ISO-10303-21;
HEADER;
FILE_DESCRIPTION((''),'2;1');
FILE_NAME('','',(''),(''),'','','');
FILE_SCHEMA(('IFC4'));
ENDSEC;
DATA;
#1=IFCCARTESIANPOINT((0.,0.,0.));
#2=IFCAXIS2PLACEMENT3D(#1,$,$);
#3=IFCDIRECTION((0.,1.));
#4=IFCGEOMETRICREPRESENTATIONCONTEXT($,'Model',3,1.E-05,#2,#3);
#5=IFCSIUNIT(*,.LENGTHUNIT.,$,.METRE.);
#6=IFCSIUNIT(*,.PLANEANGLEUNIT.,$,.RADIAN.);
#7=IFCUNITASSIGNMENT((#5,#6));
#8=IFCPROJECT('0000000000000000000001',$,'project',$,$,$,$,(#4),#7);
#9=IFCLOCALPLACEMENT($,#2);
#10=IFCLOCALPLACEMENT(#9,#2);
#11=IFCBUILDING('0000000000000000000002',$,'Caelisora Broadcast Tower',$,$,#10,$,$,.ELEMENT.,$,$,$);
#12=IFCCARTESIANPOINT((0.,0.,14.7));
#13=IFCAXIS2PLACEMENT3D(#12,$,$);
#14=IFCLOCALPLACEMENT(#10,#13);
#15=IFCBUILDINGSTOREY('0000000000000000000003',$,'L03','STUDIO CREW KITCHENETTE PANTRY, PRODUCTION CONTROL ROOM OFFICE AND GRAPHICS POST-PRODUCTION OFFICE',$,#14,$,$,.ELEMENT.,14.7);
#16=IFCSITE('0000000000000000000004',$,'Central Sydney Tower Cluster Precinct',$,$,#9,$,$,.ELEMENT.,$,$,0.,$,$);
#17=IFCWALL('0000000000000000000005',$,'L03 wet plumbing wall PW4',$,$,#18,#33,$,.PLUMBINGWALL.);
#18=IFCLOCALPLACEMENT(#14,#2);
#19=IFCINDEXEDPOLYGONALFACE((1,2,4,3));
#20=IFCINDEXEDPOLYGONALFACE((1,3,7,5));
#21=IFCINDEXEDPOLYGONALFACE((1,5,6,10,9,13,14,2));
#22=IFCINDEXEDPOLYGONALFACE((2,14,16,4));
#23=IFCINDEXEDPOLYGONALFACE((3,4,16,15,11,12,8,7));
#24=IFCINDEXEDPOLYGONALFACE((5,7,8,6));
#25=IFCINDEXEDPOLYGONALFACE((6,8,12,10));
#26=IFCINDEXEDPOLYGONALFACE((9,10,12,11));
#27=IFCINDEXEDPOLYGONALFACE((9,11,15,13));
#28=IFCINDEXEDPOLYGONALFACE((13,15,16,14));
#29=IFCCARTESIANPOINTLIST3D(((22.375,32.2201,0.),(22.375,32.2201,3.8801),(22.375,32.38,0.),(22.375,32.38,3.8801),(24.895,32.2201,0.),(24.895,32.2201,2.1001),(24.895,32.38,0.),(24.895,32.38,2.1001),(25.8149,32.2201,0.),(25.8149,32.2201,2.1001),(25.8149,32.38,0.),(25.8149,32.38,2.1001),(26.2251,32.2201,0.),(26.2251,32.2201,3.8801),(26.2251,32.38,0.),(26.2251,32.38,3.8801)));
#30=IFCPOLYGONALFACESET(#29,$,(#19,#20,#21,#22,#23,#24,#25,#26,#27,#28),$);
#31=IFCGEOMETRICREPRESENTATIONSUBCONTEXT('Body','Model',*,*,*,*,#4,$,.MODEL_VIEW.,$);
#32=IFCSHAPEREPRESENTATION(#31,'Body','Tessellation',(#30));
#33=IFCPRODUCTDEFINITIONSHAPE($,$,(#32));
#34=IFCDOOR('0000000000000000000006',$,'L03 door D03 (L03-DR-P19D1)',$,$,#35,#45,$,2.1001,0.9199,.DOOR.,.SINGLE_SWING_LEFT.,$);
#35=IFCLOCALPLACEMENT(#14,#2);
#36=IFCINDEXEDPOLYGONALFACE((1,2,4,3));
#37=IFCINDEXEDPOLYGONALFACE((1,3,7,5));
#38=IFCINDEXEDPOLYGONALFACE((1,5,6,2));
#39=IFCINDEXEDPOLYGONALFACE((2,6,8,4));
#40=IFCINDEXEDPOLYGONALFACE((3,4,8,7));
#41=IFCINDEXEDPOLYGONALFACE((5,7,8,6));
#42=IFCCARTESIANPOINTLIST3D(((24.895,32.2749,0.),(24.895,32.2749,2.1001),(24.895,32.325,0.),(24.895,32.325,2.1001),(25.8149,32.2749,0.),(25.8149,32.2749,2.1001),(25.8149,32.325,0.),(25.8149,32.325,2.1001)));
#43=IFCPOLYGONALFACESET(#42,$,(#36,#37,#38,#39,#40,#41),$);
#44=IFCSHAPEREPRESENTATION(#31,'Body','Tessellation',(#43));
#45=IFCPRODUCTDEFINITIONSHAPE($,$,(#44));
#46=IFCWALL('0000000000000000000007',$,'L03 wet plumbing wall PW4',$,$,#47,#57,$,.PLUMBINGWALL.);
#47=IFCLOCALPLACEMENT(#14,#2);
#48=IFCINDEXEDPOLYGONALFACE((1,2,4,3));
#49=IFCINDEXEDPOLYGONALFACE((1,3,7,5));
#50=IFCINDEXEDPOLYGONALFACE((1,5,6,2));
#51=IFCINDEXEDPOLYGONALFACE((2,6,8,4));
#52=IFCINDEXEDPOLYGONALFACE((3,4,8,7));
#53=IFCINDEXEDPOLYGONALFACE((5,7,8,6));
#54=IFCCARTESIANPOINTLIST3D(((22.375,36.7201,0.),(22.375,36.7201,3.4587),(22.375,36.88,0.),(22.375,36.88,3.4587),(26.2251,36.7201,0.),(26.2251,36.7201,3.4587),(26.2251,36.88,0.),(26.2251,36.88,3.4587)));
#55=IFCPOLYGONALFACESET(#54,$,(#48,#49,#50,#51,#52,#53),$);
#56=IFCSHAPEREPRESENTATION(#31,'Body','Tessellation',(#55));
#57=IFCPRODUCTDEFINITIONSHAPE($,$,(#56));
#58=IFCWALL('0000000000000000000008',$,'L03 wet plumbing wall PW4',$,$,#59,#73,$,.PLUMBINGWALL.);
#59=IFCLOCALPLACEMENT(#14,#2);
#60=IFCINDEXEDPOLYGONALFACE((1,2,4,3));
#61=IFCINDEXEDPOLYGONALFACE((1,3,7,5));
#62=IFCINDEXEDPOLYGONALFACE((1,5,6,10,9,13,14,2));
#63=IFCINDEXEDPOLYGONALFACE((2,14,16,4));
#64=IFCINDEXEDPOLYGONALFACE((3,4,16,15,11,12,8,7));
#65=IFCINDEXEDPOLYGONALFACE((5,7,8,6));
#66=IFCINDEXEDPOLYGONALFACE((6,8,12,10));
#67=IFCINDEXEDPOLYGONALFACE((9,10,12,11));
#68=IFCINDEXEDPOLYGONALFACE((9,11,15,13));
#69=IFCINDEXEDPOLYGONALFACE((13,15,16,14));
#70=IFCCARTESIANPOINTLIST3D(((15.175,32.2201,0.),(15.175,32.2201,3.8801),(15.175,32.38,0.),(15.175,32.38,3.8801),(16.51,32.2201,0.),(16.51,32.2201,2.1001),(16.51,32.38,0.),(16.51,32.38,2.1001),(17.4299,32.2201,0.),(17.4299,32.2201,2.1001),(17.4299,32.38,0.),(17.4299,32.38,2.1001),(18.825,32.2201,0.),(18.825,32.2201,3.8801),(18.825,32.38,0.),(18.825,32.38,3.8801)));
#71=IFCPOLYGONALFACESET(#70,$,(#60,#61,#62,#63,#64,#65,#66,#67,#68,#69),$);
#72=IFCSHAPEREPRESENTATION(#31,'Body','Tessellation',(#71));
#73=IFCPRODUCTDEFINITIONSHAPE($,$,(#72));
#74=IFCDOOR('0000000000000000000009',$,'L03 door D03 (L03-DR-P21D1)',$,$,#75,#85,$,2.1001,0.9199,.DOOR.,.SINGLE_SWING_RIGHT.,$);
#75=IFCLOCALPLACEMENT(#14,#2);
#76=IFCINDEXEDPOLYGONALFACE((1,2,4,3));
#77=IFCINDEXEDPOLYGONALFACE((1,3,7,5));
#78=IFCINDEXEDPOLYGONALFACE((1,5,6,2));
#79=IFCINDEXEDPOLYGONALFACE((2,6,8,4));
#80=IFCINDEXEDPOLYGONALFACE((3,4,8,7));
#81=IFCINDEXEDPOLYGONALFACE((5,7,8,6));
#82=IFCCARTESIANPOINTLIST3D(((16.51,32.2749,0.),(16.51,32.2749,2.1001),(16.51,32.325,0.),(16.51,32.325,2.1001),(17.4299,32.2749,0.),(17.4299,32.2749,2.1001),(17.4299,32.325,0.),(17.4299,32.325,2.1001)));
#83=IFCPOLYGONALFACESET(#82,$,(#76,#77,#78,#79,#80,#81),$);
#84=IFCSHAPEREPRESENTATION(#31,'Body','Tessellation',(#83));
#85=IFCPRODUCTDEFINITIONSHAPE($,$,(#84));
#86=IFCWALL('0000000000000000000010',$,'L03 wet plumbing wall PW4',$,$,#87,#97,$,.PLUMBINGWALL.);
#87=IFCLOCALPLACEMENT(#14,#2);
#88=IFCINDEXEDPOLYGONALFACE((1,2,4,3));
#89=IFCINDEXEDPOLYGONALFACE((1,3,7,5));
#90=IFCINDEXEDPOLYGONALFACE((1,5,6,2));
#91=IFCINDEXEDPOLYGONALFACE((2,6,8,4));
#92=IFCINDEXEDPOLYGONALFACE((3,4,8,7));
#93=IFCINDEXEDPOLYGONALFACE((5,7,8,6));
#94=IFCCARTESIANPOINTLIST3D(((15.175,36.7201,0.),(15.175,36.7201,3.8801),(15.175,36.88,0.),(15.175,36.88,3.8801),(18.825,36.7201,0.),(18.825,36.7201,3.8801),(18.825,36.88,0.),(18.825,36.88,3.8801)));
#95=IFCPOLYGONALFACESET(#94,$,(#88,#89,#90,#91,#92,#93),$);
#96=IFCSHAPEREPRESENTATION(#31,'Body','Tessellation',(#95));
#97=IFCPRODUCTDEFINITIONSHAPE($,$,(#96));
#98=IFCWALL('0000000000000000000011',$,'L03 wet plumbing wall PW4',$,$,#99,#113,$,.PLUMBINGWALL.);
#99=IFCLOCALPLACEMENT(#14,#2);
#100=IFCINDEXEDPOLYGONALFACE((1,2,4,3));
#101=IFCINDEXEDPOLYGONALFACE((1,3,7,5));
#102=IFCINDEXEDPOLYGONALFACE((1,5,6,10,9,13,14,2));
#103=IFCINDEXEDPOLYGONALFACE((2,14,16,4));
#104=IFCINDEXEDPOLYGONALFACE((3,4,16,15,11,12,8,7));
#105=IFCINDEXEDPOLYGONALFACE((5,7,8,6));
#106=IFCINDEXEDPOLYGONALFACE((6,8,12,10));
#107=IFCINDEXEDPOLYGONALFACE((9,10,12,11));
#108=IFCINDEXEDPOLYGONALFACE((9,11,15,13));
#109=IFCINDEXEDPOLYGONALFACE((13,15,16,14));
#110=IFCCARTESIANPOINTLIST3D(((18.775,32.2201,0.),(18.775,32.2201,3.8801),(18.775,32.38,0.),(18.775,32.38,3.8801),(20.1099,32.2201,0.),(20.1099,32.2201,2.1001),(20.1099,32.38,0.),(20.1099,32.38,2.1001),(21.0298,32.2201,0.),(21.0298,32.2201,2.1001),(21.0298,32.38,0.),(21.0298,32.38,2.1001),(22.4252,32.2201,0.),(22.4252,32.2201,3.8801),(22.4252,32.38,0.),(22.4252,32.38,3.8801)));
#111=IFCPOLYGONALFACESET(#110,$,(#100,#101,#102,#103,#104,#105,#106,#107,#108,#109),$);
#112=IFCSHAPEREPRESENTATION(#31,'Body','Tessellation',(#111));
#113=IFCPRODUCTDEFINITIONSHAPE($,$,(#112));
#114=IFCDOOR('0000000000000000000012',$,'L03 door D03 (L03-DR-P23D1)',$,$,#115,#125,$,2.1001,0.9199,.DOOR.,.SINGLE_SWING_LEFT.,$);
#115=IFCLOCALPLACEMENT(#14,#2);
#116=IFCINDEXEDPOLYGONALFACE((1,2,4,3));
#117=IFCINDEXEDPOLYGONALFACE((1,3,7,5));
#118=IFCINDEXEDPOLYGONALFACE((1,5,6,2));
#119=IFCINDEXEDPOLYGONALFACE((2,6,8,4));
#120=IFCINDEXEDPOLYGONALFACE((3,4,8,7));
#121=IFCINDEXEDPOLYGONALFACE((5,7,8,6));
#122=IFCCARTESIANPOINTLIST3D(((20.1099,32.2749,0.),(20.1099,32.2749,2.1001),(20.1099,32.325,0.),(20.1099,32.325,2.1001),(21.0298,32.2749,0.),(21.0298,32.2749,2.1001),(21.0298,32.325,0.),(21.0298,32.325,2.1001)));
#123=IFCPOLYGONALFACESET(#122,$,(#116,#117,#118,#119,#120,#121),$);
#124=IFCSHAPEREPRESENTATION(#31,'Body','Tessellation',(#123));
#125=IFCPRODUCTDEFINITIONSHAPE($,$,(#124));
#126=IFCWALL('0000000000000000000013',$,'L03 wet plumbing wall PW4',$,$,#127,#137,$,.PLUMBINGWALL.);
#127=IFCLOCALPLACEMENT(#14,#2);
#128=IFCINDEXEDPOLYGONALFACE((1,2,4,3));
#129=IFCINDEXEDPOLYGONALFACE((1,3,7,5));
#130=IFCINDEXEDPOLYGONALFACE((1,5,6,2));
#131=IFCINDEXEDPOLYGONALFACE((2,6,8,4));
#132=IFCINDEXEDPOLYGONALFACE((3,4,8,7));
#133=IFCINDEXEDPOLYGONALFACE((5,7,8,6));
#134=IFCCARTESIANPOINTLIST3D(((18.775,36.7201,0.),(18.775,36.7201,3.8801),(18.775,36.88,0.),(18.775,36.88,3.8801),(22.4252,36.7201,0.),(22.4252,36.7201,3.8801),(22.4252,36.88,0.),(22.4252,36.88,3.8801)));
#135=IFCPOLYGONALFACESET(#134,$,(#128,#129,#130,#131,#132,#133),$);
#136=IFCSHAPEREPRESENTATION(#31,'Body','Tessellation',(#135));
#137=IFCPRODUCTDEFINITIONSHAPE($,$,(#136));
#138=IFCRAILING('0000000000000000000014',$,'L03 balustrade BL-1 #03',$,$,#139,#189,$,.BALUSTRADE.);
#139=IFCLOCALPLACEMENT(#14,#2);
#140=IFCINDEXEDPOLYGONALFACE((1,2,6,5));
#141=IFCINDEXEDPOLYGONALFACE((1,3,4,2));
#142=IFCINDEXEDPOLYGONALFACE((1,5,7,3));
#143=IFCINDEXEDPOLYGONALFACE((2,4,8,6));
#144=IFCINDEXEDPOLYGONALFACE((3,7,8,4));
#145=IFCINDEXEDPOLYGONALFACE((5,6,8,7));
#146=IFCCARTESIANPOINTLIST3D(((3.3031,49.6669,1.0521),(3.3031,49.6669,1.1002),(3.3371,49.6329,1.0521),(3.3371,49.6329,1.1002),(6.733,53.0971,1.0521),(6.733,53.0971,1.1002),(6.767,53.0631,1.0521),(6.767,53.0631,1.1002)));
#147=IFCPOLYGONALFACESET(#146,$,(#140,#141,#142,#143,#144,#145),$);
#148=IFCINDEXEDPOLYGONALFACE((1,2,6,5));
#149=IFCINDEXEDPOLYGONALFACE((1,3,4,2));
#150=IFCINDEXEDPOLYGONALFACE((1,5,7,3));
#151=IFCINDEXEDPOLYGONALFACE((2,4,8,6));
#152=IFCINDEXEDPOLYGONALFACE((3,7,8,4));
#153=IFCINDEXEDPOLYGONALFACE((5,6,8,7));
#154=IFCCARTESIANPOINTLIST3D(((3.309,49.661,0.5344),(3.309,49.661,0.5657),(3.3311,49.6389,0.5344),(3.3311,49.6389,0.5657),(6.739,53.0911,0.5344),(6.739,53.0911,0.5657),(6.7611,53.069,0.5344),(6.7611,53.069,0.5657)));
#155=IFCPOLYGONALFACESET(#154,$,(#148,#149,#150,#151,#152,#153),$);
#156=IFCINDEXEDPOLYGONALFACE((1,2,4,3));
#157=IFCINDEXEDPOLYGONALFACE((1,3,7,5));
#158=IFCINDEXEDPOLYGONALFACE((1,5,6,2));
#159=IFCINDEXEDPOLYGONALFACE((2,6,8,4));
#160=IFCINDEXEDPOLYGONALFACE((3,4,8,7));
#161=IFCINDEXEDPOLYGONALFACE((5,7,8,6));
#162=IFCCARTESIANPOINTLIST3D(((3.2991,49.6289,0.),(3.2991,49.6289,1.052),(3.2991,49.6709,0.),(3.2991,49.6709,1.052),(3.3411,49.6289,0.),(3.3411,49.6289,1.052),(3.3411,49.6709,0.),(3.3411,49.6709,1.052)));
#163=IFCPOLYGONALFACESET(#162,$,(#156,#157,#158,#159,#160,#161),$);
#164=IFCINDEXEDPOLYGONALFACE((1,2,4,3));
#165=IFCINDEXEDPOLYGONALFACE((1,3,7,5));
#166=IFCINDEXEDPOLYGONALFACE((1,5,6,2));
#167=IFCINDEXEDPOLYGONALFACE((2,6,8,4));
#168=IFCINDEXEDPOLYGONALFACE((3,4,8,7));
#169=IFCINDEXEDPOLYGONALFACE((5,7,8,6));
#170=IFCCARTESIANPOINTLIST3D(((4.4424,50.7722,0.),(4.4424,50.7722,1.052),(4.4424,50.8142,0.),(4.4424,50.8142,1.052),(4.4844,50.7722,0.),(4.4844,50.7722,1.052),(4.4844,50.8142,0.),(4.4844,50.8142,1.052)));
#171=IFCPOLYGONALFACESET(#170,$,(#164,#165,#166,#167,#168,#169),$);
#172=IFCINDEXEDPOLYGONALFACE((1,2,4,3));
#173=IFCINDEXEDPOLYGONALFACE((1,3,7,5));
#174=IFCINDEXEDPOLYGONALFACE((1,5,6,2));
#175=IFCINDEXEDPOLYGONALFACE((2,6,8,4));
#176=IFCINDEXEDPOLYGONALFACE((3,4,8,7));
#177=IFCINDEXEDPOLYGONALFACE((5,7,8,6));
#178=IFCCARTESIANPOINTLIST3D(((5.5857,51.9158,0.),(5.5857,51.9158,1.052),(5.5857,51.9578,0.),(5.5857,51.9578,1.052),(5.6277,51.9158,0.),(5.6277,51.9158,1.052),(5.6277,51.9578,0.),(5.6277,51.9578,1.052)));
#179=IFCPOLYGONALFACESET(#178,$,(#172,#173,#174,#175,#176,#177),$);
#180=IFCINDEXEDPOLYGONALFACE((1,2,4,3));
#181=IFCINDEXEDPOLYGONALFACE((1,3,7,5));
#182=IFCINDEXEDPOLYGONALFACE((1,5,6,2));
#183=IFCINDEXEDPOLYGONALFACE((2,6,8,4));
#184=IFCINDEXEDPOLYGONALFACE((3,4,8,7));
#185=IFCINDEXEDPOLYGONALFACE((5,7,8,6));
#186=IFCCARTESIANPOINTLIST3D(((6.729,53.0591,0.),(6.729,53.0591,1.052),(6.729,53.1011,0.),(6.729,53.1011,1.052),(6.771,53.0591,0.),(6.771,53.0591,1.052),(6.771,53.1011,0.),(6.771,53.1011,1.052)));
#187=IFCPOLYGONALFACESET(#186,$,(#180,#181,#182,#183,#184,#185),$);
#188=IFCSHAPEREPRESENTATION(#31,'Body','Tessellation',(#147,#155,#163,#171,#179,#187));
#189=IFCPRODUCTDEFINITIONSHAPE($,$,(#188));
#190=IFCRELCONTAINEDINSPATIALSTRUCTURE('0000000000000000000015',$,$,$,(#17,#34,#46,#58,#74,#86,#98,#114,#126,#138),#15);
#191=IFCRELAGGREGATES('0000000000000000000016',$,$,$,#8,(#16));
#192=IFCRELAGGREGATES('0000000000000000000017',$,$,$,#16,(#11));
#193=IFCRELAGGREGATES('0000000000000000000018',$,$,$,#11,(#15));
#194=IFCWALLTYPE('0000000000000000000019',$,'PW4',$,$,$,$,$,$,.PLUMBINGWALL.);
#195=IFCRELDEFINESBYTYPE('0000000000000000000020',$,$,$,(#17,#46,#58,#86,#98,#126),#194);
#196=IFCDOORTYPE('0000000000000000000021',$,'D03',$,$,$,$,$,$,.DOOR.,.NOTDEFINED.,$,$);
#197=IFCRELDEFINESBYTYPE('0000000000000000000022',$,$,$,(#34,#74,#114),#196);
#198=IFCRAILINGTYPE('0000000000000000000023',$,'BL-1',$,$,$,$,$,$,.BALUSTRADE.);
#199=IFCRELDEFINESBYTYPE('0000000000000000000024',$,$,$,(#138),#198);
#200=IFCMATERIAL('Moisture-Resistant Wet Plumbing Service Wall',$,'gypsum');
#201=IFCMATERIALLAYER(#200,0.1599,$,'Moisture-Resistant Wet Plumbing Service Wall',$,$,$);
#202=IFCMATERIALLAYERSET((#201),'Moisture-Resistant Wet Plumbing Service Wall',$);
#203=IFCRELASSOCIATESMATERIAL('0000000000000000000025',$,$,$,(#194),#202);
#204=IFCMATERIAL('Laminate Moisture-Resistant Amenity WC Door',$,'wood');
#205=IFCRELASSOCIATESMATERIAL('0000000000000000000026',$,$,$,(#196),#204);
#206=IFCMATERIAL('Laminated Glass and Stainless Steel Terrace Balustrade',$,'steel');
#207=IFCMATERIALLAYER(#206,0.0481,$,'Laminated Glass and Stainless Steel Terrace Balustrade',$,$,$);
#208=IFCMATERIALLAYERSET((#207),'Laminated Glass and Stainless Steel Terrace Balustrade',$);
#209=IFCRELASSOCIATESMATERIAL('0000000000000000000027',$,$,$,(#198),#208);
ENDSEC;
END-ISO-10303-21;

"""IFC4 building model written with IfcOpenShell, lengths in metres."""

from ifc_helpers import new_model, si_unit, direction, frame, frame_2d, origin, origin_2d, place, context, subcontext, project, spatial, rectangle, extrude, material, layer, layer_set, type_object, element, fill, save


model = new_model("IFC4")

# Units and contexts
model_context = context("Model", 3, precision=1e-05, world=origin(), true_north=direction((0.0, 1.0)))
body_context = subcontext(model_context, "Body", "Model", "MODEL_VIEW")
ifc_project = project(units=[si_unit("LENGTHUNIT", "METRE"), si_unit("PLANEANGLEUNIT", "RADIAN")], contexts=[model_context])

# Site, building, storey
site_placement = place(None, origin())
site = spatial("IfcSite", under=ifc_project, at=site_placement, Name="Central Sydney Tower Cluster Precinct", CompositionType="ELEMENT", RefElevation=0.0)
building_placement = place(site_placement, origin())
building = spatial("IfcBuilding", under=site, at=building_placement, Name="Caelisora Broadcast Tower", CompositionType="ELEMENT")
storey_placement = place(building_placement, frame((0.0, 0.0, 14.7)))
storey = spatial("IfcBuildingStorey", under=building, at=storey_placement, Name="L03", Description="STUDIO CREW KITCHENETTE PANTRY, PRODUCTION CONTROL ROOM OFFICE AND GRAPHICS POST-PRODUCTION OFFICE", CompositionType="ELEMENT", Elevation=14.7)

# Shared definitions
ifc_material_1 = material(Name="Moisture-Resistant Wet Plumbing Service Wall", Category="gypsum")
ifc_layer_1 = layer(ifc_material_1, 0.1599, Name="Moisture-Resistant Wet Plumbing Service Wall")
ifc_layer_set_1 = layer_set([ifc_layer_1], Name="Moisture-Resistant Wet Plumbing Service Wall")
wall_type_1 = type_object("IfcWallType", Name="PW4", PredefinedType="PLUMBINGWALL", material=ifc_layer_set_1)

# Wall, opening, door
wall_1_placement = place(storey_placement, frame((22.375, 32.3, 0.0), z_axis=(0.0, 0.0, 1.0), x_axis=(1.0, 0.0, 0.0)))
wall_1 = element("IfcWall", 1, at=wall_1_placement, inside=storey, type_object=wall_type_1, Name="L03 wet plumbing wall PW4", PredefinedType="PLUMBINGWALL", context=body_context, shape_type="SweptSolid", body=[
    extrude(rectangle(XDim=3.8501, YDim=0.1599, at=frame_2d((1.925, 0.0))), origin(), (0.0, 0.0, 1.0), 3.8801),
])
opening_1_placement = place(wall_1_placement, frame((2.52, 0.0, 0.0)))
opening_1 = element("IfcOpeningElement", 2, at=opening_1_placement, cuts=wall_1, PredefinedType="OPENING", context=body_context, shape_type="SweptSolid", body=[
    extrude(rectangle(XDim=0.9199, YDim=2.1001, at=frame_2d((0.46, 1.05))), frame((0.0, 0.092, 0.0), z_axis=(0.0, -1.0, 0.0), x_axis=(1.0, 0.0, 0.0)), (0.0, 0.0, 1.0), 0.1838),
])
ifc_material_2 = material(Name="Laminate Moisture-Resistant Amenity WC Door", Category="wood")
door_type = type_object("IfcDoorType", Name="D03", OperationType="NOTDEFINED", PredefinedType="DOOR", material=ifc_material_2)
door_1_placement = place(opening_1_placement, origin())
door_1 = element("IfcDoor", 3, at=door_1_placement, inside=storey, type_object=door_type, Name="L03 door D03 (L03-DR-P19D1)", OperationType="SINGLE_SWING_LEFT", OverallHeight=2.1001, OverallWidth=0.9199, PredefinedType="DOOR", context=body_context, shape_type="SweptSolid", body=[
    extrude(rectangle(XDim=0.9199, YDim=2.1001, at=frame_2d((0.46, 1.05))), frame((0.0, 0.0249, 0.0), z_axis=(0.0, -1.0, 0.0), x_axis=(1.0, 0.0, 0.0)), (0.0, 0.0, 1.0), 0.05),
])
fill(opening_1, door_1)

# Wall
wall_2_placement = place(storey_placement, frame((22.375, 36.8, 0.0), z_axis=(0.0, 0.0, 1.0), x_axis=(1.0, 0.0, 0.0)))
element("IfcWall", 4, at=wall_2_placement, inside=storey, type_object=wall_type_1, Name="L03 wet plumbing wall PW4", PredefinedType="PLUMBINGWALL", context=body_context, shape_type="SweptSolid", body=[
    extrude(rectangle(XDim=3.8501, YDim=0.1599, at=frame_2d((1.925, 0.0))), origin(), (0.0, 0.0, 1.0), 3.4587),
])

# Wall, opening, door
wall_3_placement = place(storey_placement, frame((15.175, 32.3, 0.0), z_axis=(0.0, 0.0, 1.0), x_axis=(1.0, 0.0, 0.0)))
wall_3 = element("IfcWall", 5, at=wall_3_placement, inside=storey, type_object=wall_type_1, Name="L03 wet plumbing wall PW4", PredefinedType="PLUMBINGWALL", context=body_context, shape_type="SweptSolid", body=[
    extrude(rectangle(XDim=3.6499, YDim=0.1599, at=frame_2d((1.825, 0.0))), origin(), (0.0, 0.0, 1.0), 3.8801),
])
opening_2_placement = place(wall_3_placement, frame((1.335, 0.0, 0.0)))
opening_2 = element("IfcOpeningElement", 6, at=opening_2_placement, cuts=wall_3, PredefinedType="OPENING", context=body_context, shape_type="SweptSolid", body=[
    extrude(rectangle(XDim=0.9199, YDim=2.1001, at=frame_2d((0.46, 1.05))), frame((0.0, 0.092, 0.0), z_axis=(0.0, -1.0, 0.0), x_axis=(1.0, 0.0, 0.0)), (0.0, 0.0, 1.0), 0.1838),
])
door_2_placement = place(opening_2_placement, origin())
door_2 = element("IfcDoor", 7, at=door_2_placement, inside=storey, type_object=door_type, Name="L03 door D03 (L03-DR-P21D1)", OperationType="SINGLE_SWING_RIGHT", OverallHeight=2.1001, OverallWidth=0.9199, PredefinedType="DOOR", context=body_context, shape_type="SweptSolid", body=[
    extrude(rectangle(XDim=0.9199, YDim=2.1001, at=frame_2d((0.46, 1.05))), frame((0.0, 0.0249, 0.0), z_axis=(0.0, -1.0, 0.0), x_axis=(1.0, 0.0, 0.0)), (0.0, 0.0, 1.0), 0.05),
])
fill(opening_2, door_2)

# Wall
wall_4_placement = place(storey_placement, frame((15.175, 36.8, 0.0), z_axis=(0.0, 0.0, 1.0), x_axis=(1.0, 0.0, 0.0)))
element("IfcWall", 8, at=wall_4_placement, inside=storey, type_object=wall_type_1, Name="L03 wet plumbing wall PW4", PredefinedType="PLUMBINGWALL", context=body_context, shape_type="SweptSolid", body=[
    extrude(rectangle(XDim=3.6499, YDim=0.1599, at=frame_2d((1.825, 0.0))), origin(), (0.0, 0.0, 1.0), 3.8801),
])

# Wall, opening, door
wall_5_placement = place(storey_placement, frame((18.7749, 32.3, 0.0), z_axis=(0.0, 0.0, 1.0), x_axis=(1.0, 0.0, 0.0)))
wall_5 = element("IfcWall", 9, at=wall_5_placement, inside=storey, type_object=wall_type_1, Name="L03 wet plumbing wall PW4", PredefinedType="PLUMBINGWALL", context=body_context, shape_type="SweptSolid", body=[
    extrude(rectangle(XDim=3.6501, YDim=0.1599, at=frame_2d((1.8252, 0.0))), origin(), (0.0, 0.0, 1.0), 3.8801),
])
opening_3_placement = place(wall_5_placement, frame((1.335, 0.0, 0.0)))
opening_3 = element("IfcOpeningElement", 10, at=opening_3_placement, cuts=wall_5, PredefinedType="OPENING", context=body_context, shape_type="SweptSolid", body=[
    extrude(rectangle(XDim=0.9199, YDim=2.1001, at=frame_2d((0.46, 1.05))), frame((0.0, 0.092, 0.0), z_axis=(0.0, -1.0, 0.0), x_axis=(1.0, 0.0, 0.0)), (0.0, 0.0, 1.0), 0.1838),
])
door_3_placement = place(opening_3_placement, origin())
door_3 = element("IfcDoor", 11, at=door_3_placement, inside=storey, type_object=door_type, Name="L03 door D03 (L03-DR-P23D1)", OperationType="SINGLE_SWING_LEFT", OverallHeight=2.1001, OverallWidth=0.9199, PredefinedType="DOOR", context=body_context, shape_type="SweptSolid", body=[
    extrude(rectangle(XDim=0.9199, YDim=2.1001, at=frame_2d((0.46, 1.05))), frame((0.0, 0.0249, 0.0), z_axis=(0.0, -1.0, 0.0), x_axis=(1.0, 0.0, 0.0)), (0.0, 0.0, 1.0), 0.05),
])
fill(opening_3, door_3)

# Wall
wall_6_placement = place(storey_placement, frame((18.7749, 36.8, 0.0), z_axis=(0.0, 0.0, 1.0), x_axis=(1.0, 0.0, 0.0)))
element("IfcWall", 12, at=wall_6_placement, inside=storey, type_object=wall_type_1, Name="L03 wet plumbing wall PW4", PredefinedType="PLUMBINGWALL", context=body_context, shape_type="SweptSolid", body=[
    extrude(rectangle(XDim=3.6501, YDim=0.1599, at=frame_2d((1.8252, 0.0))), origin(), (0.0, 0.0, 1.0), 3.8801),
])

# Railing
ifc_material_3 = material(Name="Laminated Glass and Stainless Steel Terrace Balustrade", Category="steel")
ifc_layer_2 = layer(ifc_material_3, 0.0481, Name="Laminated Glass and Stainless Steel Terrace Balustrade")
ifc_layer_set_2 = layer_set([ifc_layer_2], Name="Laminated Glass and Stainless Steel Terrace Balustrade")
railing_type = type_object("IfcRailingType", Name="BL-1", PredefinedType="BALUSTRADE", material=ifc_layer_set_2)
railing_1_placement = place(storey_placement, frame((3.3201, 49.6499, 0.0)))
element("IfcRailing", 13, at=railing_1_placement, inside=storey, type_object=railing_type, Name="L03 balustrade BL-1 #03", PredefinedType="BALUSTRADE", context=body_context, shape_type="SweptSolid", body=[
    extrude(rectangle(XDim=0.0481, YDim=0.0481, at=origin_2d()), frame((0.0, 0.0, 1.0762), z_axis=(0.707082, 0.707132, 0.0), x_axis=(-0.707132, 0.707082, 0.0)), (0.0, 0.0, 1.0), 4.8508),
    extrude(rectangle(XDim=0.0312, YDim=0.0312, at=origin_2d()), frame((0.0, 0.0, 0.55), z_axis=(0.707082, 0.707132, 0.0), x_axis=(-0.707132, 0.707082, 0.0)), (0.0, 0.0, 1.0), 4.8508),
    extrude(rectangle(XDim=0.042, YDim=0.042, at=origin_2d()), origin(), (0.0, 0.0, 1.0), 1.052),
    extrude(rectangle(XDim=0.042, YDim=0.042, at=origin_2d()), frame((1.1433, 1.1433, 0.0)), (0.0, 0.0, 1.0), 1.052),
    extrude(rectangle(XDim=0.042, YDim=0.042, at=origin_2d()), frame((2.2866, 2.2869, 0.0)), (0.0, 0.0, 1.0), 1.052),
    extrude(rectangle(XDim=0.042, YDim=0.042, at=origin_2d()), frame((3.4299, 3.4302, 0.0)), (0.0, 0.0, 1.0), 1.052),
])

save(model, "model.ifc")
